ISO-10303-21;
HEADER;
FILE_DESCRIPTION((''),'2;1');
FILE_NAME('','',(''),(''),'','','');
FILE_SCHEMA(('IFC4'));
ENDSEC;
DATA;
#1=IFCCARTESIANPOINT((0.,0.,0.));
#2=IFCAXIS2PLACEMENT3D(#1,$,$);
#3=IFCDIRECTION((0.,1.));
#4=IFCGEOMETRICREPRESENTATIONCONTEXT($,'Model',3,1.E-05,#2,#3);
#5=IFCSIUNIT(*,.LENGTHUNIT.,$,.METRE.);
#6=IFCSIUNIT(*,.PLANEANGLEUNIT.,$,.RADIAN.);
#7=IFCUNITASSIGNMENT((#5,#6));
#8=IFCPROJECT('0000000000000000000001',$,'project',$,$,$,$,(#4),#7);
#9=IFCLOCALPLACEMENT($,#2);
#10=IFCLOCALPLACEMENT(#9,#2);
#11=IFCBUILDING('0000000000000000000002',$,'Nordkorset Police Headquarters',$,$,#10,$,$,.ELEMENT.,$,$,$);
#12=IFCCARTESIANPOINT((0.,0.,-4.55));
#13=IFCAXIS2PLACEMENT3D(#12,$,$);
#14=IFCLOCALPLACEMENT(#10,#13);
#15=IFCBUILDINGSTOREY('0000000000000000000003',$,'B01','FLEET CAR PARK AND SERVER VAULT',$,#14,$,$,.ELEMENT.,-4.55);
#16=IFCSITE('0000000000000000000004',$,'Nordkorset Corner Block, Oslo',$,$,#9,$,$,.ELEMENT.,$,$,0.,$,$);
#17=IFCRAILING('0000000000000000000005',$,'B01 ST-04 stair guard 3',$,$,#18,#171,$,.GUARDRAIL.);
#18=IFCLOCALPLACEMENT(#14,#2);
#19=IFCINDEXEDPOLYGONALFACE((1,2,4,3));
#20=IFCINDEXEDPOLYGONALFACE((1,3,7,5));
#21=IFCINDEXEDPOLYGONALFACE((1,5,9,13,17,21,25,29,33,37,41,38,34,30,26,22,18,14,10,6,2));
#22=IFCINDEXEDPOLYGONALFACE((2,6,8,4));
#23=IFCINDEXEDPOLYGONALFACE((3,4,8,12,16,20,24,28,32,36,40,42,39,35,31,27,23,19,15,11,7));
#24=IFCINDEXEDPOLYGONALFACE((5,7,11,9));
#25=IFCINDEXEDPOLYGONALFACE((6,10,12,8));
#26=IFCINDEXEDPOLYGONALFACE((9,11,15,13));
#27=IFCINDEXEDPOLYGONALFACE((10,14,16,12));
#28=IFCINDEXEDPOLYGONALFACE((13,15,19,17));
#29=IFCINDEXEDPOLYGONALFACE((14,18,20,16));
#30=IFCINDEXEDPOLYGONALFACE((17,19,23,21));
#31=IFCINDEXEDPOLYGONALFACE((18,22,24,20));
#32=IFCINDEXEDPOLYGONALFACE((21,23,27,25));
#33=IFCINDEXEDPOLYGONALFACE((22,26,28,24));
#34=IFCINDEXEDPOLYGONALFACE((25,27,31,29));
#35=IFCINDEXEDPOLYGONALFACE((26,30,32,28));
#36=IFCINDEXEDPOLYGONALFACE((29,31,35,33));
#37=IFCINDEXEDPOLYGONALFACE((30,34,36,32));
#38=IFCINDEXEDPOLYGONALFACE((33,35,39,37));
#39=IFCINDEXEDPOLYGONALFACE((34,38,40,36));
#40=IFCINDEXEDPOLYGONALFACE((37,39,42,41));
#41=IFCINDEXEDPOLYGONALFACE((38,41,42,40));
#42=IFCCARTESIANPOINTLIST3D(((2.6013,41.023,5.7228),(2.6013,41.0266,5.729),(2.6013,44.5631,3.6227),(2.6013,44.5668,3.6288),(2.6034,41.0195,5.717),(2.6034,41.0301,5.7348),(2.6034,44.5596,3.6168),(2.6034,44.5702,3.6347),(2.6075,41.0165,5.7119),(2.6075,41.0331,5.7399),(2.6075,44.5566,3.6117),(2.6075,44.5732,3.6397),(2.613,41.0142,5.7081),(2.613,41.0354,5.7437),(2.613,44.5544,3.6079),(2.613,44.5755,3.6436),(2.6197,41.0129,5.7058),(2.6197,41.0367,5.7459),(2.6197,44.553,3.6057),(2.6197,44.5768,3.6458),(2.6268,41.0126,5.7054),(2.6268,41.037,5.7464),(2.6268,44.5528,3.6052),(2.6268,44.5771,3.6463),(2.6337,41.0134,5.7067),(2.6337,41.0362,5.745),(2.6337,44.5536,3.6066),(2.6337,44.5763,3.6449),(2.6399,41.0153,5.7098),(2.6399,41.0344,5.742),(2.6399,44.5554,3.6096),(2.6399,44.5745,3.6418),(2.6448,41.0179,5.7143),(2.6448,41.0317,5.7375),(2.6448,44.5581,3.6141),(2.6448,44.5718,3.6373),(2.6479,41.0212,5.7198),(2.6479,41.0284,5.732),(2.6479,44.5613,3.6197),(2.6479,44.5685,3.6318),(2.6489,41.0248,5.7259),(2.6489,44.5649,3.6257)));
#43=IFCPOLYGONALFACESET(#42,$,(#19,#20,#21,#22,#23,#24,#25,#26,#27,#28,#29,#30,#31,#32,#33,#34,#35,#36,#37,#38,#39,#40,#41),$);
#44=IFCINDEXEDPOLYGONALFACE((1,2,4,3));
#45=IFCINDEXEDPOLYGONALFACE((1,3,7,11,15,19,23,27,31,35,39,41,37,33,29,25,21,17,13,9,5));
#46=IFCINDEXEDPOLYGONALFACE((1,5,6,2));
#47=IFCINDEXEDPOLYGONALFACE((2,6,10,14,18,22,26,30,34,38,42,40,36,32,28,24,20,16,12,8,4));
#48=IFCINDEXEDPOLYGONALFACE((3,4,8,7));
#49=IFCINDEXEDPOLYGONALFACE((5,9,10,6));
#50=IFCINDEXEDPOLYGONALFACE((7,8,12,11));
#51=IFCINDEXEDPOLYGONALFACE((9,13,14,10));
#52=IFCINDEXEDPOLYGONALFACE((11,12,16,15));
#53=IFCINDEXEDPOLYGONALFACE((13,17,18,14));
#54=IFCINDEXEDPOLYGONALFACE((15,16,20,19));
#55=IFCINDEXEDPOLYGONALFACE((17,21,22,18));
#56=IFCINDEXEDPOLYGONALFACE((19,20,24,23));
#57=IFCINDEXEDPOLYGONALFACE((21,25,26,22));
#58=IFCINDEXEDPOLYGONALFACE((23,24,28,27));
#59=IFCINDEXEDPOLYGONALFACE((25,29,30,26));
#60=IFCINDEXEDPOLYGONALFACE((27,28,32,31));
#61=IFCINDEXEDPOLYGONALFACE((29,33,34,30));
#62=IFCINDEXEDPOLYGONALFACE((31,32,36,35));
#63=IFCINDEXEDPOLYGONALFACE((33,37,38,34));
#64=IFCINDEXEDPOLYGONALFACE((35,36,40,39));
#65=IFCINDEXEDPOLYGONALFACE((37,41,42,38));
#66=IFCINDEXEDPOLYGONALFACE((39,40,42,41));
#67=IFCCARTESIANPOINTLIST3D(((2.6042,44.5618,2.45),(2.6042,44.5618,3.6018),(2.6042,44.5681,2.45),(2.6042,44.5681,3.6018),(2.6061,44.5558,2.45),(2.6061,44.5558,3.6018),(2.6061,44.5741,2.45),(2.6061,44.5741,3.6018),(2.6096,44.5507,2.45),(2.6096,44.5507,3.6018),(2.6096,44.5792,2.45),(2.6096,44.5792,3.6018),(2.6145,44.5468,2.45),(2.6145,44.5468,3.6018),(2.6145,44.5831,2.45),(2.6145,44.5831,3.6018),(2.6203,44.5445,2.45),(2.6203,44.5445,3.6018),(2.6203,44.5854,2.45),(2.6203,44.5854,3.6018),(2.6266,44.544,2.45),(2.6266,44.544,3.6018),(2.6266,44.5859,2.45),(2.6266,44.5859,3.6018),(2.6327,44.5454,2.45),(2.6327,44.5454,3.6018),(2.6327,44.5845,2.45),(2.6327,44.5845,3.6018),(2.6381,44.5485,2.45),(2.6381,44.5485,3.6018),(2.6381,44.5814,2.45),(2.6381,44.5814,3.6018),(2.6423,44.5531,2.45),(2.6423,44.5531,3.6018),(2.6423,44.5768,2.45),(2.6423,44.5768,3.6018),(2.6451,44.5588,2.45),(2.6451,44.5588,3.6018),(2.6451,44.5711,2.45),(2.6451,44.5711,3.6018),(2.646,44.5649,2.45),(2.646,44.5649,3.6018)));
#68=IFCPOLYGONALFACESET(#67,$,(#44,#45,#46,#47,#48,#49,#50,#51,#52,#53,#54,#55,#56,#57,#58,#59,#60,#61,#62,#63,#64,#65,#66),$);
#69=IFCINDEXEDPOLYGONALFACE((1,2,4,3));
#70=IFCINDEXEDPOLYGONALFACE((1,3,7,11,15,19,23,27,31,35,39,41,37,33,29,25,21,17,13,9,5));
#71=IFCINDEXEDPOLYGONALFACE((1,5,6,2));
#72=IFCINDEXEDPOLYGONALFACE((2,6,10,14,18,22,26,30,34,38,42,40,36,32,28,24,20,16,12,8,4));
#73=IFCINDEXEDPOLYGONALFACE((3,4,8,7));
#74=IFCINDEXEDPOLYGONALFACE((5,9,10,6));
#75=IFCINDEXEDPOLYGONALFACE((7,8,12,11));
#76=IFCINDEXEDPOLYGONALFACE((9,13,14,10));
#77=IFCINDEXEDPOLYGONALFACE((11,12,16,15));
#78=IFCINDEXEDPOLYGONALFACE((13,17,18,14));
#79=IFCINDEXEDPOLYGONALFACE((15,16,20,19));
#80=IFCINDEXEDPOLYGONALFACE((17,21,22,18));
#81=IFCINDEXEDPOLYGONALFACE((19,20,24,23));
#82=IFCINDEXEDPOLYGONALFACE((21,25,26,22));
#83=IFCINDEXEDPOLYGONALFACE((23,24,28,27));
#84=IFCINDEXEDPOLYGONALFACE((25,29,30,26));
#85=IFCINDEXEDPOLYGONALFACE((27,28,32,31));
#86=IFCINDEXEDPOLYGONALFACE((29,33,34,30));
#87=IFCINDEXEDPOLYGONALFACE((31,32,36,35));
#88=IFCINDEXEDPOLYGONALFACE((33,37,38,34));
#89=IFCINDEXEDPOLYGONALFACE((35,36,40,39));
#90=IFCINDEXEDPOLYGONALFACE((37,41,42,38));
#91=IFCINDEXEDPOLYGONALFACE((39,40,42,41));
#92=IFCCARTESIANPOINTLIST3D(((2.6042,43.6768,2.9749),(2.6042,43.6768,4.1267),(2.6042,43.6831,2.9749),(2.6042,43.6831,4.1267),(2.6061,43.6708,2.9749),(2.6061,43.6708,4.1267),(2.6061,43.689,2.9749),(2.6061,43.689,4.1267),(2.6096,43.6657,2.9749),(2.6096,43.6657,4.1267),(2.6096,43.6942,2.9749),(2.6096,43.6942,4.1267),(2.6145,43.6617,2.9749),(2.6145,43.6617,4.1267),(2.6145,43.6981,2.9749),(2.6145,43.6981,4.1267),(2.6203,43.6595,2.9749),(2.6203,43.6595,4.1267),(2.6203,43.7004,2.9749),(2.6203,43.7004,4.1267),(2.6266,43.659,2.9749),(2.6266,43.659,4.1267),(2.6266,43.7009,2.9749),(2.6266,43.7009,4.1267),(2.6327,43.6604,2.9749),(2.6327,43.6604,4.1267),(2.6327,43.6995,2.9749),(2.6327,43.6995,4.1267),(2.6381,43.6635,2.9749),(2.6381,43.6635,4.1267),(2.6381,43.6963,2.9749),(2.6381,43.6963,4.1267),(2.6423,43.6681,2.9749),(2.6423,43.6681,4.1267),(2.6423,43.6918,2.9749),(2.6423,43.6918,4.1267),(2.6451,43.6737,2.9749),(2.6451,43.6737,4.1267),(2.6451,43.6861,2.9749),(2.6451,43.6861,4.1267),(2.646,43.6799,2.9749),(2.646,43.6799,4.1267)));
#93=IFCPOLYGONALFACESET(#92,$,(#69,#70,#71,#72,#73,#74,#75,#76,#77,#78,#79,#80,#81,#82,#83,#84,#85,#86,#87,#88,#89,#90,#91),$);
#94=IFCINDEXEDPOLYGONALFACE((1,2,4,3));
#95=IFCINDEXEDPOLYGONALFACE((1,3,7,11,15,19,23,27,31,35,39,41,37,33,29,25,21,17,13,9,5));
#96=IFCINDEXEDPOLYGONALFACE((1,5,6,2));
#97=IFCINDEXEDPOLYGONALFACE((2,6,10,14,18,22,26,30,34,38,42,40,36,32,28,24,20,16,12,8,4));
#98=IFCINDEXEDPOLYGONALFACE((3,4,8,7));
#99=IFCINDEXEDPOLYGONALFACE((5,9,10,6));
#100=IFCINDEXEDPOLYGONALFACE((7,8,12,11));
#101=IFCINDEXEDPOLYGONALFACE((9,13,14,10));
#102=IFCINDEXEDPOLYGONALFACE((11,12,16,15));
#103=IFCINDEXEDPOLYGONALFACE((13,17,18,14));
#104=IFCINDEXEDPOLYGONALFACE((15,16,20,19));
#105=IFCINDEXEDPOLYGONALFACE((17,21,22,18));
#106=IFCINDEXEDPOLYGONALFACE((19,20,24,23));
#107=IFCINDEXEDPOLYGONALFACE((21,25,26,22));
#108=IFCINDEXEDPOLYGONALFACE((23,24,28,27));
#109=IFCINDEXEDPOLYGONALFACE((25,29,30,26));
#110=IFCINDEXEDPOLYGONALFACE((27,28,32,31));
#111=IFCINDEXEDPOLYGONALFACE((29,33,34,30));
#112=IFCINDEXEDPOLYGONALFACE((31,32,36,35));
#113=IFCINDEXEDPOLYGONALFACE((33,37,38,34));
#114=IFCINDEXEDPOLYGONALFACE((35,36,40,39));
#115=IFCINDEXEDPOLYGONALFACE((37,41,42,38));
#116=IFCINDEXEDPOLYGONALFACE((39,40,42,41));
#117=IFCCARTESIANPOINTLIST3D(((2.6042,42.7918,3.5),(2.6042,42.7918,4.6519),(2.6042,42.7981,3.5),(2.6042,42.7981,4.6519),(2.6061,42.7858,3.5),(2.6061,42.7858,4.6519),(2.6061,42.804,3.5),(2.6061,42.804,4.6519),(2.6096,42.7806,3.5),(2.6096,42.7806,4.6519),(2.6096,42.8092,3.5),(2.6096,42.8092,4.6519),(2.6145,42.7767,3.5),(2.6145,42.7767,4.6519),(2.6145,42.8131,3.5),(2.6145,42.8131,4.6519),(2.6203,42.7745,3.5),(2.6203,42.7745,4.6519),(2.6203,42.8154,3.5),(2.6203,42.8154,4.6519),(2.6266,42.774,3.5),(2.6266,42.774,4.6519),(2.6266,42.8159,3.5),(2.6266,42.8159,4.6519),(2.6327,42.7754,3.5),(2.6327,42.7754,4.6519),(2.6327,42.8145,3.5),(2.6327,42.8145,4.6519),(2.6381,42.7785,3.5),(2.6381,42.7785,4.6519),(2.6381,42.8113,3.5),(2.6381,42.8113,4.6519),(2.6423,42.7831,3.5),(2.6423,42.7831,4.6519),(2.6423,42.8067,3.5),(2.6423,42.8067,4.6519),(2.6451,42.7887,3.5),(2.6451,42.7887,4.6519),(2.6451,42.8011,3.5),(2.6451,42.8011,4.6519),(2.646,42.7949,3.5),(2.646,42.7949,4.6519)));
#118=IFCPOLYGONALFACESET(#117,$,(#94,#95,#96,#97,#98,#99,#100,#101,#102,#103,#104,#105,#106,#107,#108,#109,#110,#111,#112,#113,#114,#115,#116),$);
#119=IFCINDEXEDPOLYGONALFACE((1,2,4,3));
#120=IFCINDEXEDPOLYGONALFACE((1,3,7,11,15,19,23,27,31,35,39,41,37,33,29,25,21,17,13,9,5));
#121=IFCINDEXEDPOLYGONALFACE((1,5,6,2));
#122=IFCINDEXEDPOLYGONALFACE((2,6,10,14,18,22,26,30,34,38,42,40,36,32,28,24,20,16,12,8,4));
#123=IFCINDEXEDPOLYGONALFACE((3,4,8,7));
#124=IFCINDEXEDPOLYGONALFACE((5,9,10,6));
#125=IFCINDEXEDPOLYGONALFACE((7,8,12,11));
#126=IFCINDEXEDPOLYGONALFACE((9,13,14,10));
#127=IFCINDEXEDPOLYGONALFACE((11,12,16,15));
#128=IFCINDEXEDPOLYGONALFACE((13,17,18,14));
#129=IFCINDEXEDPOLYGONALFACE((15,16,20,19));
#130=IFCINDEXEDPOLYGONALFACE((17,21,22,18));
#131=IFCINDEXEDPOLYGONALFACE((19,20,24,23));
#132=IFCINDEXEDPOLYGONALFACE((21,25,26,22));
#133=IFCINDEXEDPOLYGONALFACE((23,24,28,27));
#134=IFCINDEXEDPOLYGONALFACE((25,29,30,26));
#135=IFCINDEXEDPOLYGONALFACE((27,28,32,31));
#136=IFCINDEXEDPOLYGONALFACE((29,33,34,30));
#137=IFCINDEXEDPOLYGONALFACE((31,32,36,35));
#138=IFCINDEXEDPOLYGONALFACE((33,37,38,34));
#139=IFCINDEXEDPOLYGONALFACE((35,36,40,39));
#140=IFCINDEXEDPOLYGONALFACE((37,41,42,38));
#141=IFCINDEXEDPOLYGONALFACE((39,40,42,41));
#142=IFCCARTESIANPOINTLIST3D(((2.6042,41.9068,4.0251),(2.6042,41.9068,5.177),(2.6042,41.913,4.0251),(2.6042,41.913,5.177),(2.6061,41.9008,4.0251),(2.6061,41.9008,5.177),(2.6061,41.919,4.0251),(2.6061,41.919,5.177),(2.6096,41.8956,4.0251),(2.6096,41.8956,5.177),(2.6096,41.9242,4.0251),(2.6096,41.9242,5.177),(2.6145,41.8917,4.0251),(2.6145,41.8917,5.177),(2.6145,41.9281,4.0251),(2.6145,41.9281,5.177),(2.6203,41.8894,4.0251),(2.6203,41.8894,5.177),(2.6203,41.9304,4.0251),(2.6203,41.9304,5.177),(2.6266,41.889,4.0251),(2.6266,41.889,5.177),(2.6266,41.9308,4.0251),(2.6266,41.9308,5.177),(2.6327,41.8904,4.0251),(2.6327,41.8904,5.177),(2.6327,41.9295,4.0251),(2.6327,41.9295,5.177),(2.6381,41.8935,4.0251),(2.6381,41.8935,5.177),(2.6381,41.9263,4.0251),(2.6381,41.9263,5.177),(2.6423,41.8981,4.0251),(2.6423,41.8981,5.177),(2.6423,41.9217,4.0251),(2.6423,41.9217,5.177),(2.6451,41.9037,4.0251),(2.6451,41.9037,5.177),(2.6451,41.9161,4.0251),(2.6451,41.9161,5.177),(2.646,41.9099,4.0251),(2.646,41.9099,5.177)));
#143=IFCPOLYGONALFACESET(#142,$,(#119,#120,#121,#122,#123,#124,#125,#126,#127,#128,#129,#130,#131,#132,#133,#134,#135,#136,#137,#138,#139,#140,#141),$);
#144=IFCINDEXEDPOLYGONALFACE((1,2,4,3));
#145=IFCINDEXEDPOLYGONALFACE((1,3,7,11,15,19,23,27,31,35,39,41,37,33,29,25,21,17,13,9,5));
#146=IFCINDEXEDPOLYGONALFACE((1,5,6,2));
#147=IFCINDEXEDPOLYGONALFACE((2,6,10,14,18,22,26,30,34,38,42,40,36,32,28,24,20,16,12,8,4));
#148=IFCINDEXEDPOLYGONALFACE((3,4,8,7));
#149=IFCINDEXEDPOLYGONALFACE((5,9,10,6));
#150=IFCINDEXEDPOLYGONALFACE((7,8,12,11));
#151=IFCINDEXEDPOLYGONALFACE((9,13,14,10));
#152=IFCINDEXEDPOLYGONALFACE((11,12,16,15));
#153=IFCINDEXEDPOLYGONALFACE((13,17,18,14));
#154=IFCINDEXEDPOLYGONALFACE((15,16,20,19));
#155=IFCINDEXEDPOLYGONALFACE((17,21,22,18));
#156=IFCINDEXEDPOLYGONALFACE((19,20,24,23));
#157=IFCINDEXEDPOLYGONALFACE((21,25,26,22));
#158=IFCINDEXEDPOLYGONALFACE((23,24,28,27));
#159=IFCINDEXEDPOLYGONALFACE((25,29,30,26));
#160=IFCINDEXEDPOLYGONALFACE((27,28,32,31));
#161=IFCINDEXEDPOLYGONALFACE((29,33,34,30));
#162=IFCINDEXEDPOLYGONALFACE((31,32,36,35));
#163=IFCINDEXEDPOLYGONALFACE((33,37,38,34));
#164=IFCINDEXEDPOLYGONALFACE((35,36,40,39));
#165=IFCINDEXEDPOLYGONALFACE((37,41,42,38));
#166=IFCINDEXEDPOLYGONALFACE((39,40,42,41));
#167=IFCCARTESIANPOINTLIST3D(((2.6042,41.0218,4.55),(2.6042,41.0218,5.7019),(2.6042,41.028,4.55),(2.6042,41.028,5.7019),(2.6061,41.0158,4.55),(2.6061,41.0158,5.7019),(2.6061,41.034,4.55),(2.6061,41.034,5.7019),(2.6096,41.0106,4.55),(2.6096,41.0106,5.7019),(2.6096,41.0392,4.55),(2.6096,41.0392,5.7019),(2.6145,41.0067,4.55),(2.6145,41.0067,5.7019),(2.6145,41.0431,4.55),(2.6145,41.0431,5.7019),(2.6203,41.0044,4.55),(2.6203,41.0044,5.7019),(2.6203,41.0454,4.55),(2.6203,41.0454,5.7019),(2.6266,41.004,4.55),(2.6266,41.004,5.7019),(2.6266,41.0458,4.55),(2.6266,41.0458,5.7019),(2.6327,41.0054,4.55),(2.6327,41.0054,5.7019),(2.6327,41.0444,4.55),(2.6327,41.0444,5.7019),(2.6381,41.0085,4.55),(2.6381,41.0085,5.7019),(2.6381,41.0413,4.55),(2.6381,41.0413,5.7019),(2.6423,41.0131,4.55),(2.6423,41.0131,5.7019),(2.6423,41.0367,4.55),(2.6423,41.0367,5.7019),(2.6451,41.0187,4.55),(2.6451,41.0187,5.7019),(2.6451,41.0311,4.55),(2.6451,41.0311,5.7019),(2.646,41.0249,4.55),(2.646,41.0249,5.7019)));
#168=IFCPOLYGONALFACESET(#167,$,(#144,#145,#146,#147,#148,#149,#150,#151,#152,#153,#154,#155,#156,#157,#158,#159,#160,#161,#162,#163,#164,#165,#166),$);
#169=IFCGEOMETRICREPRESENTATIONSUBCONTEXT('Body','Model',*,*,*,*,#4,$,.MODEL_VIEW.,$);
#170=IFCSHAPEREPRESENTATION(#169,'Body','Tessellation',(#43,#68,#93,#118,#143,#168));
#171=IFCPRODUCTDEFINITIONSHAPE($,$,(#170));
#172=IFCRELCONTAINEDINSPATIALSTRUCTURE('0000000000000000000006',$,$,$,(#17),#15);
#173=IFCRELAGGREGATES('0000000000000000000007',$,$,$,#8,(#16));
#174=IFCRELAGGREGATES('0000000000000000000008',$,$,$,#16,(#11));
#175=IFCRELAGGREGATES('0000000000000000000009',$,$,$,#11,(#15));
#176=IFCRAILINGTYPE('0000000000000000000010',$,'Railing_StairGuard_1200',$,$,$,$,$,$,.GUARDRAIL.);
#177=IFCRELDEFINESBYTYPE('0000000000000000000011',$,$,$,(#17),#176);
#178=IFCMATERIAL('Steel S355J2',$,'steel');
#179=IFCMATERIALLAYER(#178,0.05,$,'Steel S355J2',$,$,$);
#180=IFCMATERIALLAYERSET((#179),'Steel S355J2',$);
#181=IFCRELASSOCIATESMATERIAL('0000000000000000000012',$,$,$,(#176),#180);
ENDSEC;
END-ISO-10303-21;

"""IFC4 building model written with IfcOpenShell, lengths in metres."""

from ifc_helpers import new_model, si_unit, direction, frame, origin, origin_2d, place, context, subcontext, project, spatial, circle, extrude, material, layer, layer_set, type_object, element, save


model = new_model("IFC4")

# Units and contexts
model_context = context("Model", 3, precision=1e-05, world=origin(), true_north=direction((0.0, 1.0)))
body_context = subcontext(model_context, "Body", "Model", "MODEL_VIEW")
ifc_project = project(units=[si_unit("LENGTHUNIT", "METRE"), si_unit("PLANEANGLEUNIT", "RADIAN")], contexts=[model_context])

# Site, building, storey
site_placement = place(None, origin())
site = spatial("IfcSite", under=ifc_project, at=site_placement, Name="Nordkorset Corner Block, Oslo", CompositionType="ELEMENT", RefElevation=0.0)
building_placement = place(site_placement, origin())
building = spatial("IfcBuilding", under=site, at=building_placement, Name="Nordkorset Police Headquarters", CompositionType="ELEMENT")
storey_placement = place(building_placement, frame((0.0, 0.0, -4.55)))
storey = spatial("IfcBuildingStorey", under=building, at=storey_placement, Name="B01", Description="FLEET CAR PARK AND SERVER VAULT", CompositionType="ELEMENT", Elevation=-4.55)

# Railing
ifc_material_1 = material(Name="Steel S355J2", Category="steel")
ifc_layer_1 = layer(ifc_material_1, 0.05, Name="Steel S355J2")
ifc_layer_set_1 = layer_set([ifc_layer_1], Name="Steel S355J2")
railing_type_1 = type_object("IfcRailingType", Name="Railing_StairGuard_1200", PredefinedType="GUARDRAIL", material=ifc_layer_set_1)
railing_1_placement = place(storey_placement, frame((2.625, 44.5649, 2.45)))
element("IfcRailing", 1, at=railing_1_placement, inside=storey, type_object=railing_type_1, Name="B01 ST-04 stair guard 3", PredefinedType="GUARDRAIL", context=body_context, shape_type="SweptSolid", body=[
    extrude(circle(Radius=0.0239, at=origin_2d()), frame((0.0, 0.0, 1.1758), z_axis=(0.0, -0.860047, 0.510215), x_axis=(1.0, 0.0, 0.0)), (0.0, 0.0, 1.0), 4.1162),
    extrude(circle(Radius=0.021, at=origin_2d()), origin(), (0.0, 0.0, 1.0), 1.1519),
    extrude(circle(Radius=0.021, at=origin_2d()), frame((0.0, -0.885, 0.5249)), (0.0, 0.0, 1.0), 1.1519),
    extrude(circle(Radius=0.021, at=origin_2d()), frame((0.0, -1.77, 1.05)), (0.0, 0.0, 1.0), 1.1519),
    extrude(circle(Radius=0.021, at=origin_2d()), frame((0.0, -2.655, 1.5752)), (0.0, 0.0, 1.0), 1.1519),
    extrude(circle(Radius=0.021, at=origin_2d()), frame((0.0, -3.54, 2.1001)), (0.0, 0.0, 1.0), 1.1519),
])

save(model, "model.ifc")
